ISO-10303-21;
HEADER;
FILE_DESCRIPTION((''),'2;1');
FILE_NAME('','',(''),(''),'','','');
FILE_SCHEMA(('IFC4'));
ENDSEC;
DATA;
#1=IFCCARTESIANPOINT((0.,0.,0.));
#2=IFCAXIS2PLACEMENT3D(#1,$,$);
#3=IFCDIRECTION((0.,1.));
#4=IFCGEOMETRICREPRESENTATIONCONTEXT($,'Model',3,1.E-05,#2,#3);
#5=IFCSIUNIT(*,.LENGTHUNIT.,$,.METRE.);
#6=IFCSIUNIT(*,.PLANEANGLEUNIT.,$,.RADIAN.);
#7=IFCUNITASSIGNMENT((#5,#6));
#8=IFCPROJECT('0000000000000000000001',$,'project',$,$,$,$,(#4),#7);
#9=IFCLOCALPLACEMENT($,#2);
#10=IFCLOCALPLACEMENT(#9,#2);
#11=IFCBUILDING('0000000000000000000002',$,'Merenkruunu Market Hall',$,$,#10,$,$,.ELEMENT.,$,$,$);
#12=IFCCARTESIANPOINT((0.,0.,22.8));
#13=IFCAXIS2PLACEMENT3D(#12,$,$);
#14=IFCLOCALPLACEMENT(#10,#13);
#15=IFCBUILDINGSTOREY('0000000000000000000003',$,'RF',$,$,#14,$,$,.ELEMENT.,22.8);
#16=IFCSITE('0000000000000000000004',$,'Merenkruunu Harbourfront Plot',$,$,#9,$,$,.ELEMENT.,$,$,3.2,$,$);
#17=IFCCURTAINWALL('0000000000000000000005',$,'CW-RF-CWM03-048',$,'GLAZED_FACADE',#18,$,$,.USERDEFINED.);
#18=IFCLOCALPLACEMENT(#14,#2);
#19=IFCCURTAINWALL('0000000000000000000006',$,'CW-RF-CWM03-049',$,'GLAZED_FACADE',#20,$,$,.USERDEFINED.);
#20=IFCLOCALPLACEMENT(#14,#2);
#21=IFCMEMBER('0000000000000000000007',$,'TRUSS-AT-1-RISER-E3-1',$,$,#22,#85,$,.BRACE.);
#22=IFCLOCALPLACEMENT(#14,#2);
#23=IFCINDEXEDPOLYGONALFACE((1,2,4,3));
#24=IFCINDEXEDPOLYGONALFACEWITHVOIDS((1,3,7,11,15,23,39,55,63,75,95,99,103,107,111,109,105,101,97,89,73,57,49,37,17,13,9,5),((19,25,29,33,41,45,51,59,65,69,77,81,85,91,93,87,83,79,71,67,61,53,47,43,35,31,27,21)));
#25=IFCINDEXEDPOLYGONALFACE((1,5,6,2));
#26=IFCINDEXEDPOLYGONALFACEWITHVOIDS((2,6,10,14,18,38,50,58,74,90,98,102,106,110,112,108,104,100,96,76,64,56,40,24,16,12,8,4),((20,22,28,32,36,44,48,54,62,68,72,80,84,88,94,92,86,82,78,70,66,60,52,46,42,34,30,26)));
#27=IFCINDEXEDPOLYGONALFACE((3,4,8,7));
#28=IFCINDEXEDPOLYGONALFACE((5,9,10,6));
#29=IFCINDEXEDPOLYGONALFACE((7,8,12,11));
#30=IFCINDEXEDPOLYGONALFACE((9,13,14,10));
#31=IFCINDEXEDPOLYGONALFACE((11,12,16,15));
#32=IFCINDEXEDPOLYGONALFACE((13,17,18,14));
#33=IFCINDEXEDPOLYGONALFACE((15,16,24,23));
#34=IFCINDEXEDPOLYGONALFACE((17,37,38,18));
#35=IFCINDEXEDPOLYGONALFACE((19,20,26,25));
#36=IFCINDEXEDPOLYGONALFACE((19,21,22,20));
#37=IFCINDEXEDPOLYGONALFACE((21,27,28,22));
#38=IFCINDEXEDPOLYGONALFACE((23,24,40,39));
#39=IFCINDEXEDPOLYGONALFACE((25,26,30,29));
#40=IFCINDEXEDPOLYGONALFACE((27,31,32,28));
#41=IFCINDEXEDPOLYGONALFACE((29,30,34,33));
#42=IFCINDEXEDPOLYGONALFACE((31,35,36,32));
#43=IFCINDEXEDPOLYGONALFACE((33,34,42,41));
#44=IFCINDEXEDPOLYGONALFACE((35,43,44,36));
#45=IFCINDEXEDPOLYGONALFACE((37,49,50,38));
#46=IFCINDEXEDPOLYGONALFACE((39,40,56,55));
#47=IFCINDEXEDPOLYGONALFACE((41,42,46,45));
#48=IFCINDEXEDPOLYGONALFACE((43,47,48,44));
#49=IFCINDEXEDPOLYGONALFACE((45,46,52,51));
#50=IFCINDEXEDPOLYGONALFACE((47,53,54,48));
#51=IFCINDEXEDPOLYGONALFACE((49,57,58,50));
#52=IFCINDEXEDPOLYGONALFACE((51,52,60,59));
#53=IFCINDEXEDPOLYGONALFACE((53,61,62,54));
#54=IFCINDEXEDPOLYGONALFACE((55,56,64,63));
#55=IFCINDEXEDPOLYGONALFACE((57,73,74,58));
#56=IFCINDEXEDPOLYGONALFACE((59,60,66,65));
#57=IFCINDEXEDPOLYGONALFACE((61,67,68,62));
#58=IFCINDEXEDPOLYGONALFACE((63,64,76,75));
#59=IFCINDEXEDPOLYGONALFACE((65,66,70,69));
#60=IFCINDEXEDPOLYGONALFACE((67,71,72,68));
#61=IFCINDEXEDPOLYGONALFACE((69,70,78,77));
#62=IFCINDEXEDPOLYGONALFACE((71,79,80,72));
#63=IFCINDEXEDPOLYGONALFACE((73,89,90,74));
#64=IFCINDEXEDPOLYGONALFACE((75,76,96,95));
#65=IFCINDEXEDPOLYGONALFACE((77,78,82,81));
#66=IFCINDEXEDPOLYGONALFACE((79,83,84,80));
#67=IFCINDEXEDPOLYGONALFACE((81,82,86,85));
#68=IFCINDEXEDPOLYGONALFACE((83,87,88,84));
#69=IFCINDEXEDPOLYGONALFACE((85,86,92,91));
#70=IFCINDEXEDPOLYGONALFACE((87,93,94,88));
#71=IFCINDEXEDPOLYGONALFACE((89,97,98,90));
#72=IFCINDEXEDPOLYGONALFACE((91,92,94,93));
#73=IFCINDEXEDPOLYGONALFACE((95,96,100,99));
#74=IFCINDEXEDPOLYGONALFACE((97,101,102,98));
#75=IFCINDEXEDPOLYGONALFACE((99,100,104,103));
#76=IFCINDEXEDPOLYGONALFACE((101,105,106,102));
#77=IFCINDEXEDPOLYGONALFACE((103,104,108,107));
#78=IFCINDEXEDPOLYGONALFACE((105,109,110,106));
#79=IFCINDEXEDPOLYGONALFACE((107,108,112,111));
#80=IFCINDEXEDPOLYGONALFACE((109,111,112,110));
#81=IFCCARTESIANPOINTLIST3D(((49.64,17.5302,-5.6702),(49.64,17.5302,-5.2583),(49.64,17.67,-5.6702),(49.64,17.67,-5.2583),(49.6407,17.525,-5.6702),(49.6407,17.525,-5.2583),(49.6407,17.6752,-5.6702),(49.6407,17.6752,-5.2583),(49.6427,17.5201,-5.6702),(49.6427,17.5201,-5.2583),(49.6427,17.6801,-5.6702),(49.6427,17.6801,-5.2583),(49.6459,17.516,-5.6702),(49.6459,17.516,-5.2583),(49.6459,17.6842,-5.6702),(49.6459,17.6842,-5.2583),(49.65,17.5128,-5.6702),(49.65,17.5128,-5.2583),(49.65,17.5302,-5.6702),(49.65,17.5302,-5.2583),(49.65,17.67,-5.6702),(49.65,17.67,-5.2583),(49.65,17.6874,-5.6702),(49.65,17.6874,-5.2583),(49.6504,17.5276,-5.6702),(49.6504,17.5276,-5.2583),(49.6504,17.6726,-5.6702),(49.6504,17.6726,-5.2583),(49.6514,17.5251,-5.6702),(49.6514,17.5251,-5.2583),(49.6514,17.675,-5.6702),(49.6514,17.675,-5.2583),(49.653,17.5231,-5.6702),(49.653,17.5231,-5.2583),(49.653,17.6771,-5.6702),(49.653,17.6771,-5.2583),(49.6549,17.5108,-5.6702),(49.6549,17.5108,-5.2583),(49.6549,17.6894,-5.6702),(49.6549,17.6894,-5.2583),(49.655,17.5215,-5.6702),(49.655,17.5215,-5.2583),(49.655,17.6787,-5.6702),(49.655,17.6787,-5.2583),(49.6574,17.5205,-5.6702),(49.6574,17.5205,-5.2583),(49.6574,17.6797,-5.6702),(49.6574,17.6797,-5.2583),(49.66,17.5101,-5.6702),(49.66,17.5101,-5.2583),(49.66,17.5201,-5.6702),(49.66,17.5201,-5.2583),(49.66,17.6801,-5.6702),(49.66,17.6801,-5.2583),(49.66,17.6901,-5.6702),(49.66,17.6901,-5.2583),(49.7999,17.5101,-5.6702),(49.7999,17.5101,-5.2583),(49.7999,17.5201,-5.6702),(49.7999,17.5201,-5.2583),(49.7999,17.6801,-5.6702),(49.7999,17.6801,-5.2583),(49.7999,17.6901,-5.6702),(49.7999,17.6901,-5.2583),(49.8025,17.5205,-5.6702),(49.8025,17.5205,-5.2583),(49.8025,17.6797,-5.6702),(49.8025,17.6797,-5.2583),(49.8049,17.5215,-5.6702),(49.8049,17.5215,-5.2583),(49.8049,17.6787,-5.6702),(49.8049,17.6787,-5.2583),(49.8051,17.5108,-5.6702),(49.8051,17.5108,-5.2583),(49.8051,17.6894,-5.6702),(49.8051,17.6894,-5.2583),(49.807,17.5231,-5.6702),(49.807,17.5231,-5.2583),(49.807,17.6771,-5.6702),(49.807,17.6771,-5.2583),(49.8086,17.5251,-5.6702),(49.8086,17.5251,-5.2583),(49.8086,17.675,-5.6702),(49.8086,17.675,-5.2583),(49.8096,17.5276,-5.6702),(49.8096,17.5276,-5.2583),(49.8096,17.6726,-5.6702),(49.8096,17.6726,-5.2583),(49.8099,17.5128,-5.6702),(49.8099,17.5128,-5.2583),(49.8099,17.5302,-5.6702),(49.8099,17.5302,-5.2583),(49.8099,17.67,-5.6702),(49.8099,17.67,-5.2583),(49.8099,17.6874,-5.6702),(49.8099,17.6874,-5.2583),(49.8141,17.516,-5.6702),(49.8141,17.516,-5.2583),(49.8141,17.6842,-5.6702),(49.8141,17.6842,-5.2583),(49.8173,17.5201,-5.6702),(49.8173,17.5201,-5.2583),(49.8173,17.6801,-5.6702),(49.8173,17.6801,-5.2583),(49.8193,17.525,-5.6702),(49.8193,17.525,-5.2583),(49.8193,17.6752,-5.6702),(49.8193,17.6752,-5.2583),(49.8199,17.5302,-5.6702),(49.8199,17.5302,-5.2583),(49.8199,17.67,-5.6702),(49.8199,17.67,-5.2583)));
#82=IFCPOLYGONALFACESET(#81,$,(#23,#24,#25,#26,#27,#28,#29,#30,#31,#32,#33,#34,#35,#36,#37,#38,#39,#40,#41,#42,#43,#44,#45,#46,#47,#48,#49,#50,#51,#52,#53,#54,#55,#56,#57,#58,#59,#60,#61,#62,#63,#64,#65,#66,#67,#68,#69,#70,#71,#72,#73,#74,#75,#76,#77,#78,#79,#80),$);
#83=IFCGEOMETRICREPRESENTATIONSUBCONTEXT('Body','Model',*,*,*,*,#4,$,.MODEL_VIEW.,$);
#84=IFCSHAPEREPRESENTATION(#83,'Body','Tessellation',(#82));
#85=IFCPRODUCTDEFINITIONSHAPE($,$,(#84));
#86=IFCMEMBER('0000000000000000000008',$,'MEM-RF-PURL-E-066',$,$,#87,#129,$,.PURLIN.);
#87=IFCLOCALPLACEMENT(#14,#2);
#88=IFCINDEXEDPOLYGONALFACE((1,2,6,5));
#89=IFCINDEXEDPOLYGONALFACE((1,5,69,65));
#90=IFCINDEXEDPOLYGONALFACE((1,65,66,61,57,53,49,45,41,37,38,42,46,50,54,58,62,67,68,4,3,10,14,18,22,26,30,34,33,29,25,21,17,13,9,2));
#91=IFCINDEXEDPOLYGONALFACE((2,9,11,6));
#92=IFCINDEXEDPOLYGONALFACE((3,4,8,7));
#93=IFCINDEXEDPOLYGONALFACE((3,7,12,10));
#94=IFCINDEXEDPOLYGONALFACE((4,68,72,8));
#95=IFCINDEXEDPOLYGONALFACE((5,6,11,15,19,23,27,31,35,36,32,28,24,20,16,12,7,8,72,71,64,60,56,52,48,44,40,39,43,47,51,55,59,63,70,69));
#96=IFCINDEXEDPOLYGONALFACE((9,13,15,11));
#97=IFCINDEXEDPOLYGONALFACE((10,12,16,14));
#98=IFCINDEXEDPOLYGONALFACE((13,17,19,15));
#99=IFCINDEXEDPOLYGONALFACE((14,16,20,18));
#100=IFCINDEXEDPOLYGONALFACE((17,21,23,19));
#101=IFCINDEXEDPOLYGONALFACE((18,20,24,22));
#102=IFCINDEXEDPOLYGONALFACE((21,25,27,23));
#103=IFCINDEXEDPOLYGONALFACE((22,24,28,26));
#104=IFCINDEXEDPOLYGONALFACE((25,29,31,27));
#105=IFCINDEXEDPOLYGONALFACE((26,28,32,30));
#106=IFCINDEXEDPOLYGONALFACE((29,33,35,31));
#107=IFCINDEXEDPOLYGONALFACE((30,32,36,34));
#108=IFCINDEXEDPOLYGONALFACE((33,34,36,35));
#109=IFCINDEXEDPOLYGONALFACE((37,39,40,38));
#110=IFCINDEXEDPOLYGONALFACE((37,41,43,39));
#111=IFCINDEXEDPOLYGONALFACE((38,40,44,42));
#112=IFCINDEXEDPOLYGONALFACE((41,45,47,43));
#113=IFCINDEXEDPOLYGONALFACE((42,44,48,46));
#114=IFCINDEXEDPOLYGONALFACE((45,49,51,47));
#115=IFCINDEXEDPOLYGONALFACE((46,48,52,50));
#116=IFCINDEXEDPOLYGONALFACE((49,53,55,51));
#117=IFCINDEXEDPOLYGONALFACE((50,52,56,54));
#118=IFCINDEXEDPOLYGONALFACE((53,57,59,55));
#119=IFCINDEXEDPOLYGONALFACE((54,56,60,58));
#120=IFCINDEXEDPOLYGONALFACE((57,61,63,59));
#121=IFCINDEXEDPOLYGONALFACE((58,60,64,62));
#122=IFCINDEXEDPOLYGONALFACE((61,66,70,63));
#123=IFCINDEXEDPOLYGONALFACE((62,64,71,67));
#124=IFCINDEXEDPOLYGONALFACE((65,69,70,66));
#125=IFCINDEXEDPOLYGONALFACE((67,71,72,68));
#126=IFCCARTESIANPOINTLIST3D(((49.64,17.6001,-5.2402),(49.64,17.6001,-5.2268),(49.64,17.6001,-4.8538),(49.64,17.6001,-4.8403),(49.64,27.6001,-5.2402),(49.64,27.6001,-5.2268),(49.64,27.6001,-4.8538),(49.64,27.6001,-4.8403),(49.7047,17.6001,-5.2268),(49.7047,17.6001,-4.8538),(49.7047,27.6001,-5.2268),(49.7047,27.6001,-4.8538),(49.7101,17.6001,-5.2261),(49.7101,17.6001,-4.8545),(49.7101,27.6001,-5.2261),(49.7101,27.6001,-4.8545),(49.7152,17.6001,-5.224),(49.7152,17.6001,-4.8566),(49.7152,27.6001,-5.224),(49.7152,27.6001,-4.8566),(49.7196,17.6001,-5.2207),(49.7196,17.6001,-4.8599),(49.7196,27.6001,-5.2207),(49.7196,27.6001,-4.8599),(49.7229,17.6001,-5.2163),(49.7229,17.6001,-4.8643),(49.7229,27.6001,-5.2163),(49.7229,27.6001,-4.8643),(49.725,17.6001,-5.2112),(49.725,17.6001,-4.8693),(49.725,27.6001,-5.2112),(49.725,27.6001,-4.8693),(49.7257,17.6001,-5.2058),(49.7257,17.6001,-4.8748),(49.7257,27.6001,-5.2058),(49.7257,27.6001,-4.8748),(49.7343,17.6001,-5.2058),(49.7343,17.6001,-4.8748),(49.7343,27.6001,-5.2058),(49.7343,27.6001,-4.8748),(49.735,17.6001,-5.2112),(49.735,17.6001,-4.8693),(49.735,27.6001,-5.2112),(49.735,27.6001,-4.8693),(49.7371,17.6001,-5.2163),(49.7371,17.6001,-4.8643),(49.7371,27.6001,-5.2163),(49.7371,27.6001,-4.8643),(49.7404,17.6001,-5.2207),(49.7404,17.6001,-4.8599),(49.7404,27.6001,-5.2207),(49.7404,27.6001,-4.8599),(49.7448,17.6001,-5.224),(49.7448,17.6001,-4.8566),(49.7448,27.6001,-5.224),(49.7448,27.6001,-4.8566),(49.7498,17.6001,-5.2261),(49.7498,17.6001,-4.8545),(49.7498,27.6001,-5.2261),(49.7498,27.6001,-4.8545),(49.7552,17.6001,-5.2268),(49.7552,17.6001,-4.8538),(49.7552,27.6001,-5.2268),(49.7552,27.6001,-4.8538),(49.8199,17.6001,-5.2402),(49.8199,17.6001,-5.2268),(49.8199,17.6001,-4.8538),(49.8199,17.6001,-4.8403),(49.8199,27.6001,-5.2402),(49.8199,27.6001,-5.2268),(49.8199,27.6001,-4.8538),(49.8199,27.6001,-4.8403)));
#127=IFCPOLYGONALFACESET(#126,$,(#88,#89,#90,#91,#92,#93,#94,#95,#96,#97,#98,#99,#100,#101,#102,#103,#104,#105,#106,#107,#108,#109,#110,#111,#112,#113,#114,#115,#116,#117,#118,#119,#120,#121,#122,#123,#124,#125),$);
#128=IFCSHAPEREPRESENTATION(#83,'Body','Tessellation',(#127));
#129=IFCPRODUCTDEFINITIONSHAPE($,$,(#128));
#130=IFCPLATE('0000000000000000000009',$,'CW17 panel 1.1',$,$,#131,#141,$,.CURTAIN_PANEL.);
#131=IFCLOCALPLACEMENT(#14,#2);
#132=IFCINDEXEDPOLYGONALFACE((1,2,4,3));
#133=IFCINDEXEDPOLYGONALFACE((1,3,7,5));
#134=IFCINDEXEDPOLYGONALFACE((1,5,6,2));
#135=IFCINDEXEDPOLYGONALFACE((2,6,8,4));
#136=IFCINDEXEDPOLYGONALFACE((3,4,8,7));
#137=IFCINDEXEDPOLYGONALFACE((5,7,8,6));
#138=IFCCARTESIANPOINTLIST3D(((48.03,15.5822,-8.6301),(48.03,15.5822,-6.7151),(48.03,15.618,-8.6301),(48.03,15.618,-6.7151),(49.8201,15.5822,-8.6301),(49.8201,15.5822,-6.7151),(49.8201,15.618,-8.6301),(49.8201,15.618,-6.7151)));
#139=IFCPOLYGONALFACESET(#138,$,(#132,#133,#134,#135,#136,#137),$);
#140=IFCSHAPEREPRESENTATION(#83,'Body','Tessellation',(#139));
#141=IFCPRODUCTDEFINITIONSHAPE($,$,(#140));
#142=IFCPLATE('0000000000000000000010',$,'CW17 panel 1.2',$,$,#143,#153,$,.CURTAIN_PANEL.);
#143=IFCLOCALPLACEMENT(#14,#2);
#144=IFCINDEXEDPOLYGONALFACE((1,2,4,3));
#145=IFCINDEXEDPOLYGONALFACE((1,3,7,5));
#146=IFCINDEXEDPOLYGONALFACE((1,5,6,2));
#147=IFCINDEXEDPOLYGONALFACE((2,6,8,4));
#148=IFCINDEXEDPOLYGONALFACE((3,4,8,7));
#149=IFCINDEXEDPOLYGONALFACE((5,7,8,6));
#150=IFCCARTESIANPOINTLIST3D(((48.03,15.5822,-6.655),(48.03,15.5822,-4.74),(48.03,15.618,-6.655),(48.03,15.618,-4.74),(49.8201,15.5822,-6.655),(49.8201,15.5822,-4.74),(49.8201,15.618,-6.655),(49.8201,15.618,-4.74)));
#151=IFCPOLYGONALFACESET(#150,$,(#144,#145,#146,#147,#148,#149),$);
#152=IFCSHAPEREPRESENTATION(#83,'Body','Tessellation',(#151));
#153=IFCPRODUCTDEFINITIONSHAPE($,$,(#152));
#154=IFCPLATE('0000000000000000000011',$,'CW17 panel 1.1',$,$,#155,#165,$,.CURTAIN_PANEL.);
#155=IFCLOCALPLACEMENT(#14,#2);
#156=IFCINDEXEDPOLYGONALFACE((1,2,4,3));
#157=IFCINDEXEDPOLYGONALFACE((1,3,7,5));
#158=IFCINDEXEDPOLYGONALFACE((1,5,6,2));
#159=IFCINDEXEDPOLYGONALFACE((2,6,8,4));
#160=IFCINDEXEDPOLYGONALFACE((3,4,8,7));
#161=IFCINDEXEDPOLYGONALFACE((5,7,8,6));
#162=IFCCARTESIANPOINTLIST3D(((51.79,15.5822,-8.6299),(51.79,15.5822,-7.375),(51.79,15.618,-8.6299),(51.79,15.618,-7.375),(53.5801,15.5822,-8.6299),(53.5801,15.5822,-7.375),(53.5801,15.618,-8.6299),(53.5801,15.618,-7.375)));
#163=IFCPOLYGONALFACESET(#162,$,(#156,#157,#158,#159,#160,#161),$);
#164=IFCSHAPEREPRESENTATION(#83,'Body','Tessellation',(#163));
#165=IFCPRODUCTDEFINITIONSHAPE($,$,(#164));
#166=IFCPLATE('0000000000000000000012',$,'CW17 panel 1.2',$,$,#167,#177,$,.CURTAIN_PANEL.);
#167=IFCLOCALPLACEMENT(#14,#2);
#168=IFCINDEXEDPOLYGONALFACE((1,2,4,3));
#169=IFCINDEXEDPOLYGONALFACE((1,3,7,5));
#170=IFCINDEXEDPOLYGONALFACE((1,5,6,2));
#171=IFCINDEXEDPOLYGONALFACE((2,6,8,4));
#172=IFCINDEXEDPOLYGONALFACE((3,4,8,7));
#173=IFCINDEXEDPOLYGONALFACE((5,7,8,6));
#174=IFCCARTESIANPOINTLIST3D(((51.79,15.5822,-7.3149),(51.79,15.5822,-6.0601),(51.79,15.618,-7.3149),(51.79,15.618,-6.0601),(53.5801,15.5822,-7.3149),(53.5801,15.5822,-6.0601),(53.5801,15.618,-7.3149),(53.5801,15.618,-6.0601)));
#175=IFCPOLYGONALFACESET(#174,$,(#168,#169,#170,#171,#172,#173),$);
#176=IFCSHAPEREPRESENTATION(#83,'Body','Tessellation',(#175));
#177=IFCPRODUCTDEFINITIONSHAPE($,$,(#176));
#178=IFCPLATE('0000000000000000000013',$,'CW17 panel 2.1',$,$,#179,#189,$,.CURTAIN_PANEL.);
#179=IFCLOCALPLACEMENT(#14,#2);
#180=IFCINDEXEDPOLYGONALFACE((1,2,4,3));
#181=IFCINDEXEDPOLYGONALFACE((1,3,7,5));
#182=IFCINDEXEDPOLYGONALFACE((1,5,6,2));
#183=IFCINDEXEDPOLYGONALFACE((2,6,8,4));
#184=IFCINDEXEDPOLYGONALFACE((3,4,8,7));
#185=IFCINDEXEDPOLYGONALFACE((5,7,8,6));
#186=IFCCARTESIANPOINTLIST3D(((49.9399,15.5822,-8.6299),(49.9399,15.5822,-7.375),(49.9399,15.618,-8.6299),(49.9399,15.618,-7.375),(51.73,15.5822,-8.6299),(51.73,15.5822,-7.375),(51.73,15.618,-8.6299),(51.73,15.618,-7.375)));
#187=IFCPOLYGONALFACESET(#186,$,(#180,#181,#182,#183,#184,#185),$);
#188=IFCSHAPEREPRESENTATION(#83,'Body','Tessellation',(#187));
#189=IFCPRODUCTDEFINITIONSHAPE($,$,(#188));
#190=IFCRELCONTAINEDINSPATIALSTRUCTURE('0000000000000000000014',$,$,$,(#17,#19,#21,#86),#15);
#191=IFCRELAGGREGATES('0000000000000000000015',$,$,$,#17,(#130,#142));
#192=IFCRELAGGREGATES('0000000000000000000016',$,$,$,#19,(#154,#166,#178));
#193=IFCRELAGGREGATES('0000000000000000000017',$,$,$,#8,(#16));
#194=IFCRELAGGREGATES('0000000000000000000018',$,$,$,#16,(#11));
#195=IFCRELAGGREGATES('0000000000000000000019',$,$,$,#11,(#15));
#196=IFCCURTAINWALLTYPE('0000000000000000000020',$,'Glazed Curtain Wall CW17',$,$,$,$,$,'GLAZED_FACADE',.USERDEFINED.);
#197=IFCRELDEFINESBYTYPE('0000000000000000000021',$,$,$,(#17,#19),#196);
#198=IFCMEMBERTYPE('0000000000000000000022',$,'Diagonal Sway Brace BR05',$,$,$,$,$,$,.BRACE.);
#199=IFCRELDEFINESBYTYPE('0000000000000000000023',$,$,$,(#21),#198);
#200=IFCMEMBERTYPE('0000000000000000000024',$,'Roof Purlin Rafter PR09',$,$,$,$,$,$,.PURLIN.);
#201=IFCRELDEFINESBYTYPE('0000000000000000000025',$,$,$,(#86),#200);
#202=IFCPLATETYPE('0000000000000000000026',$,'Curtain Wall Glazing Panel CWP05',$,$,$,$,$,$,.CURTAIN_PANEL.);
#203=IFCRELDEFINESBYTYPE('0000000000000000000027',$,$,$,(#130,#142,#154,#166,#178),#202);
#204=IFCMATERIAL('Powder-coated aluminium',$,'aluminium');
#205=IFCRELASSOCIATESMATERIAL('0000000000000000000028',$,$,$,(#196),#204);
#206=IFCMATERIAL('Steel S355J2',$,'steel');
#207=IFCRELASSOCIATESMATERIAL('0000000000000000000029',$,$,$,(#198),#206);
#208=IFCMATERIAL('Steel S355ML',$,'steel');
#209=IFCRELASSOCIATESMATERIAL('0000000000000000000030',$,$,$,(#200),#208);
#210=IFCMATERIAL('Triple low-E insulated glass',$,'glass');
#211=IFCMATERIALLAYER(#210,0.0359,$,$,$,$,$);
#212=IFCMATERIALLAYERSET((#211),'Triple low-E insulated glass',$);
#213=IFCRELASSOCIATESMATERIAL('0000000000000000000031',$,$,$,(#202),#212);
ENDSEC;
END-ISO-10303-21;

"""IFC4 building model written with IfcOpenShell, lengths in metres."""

from ifc_helpers import new_model, si_unit, direction, frame, origin, origin_2d, place, context, subcontext, project, spatial, rectangle, hollow_rectangle, i_section, extrude, material, layer, layer_set, material_profile, profile_set, type_object, element, aggregate, save


model = new_model("IFC4")

# Units and contexts
model_context = context("Model", 3, precision=1e-05, world=origin(), true_north=direction((0.0, 1.0)))
body_context = subcontext(model_context, "Body", "Model", "MODEL_VIEW")
ifc_project = project(units=[si_unit("LENGTHUNIT", "METRE"), si_unit("PLANEANGLEUNIT", "RADIAN")], contexts=[model_context])

# Site, building, storey
site_placement = place(None, origin())
site = spatial("IfcSite", under=ifc_project, at=site_placement, Name="Merenkruunu Harbourfront Plot", CompositionType="ELEMENT", RefElevation=3.2)
building_placement = place(site_placement, origin())
building = spatial("IfcBuilding", under=site, at=building_placement, Name="Merenkruunu Market Hall", CompositionType="ELEMENT")
storey_placement = place(building_placement, frame((0.0, 0.0, 22.8)))
storey = spatial("IfcBuildingStorey", under=building, at=storey_placement, Name="RF", CompositionType="ELEMENT", Elevation=22.8)

# Curtain wall
ifc_material_1 = material(Name="Powder-coated aluminium", Category="aluminium")
curtain_wall_type_1 = type_object("IfcCurtainWallType", Name="Glazed Curtain Wall CW17", ElementType="GLAZED_FACADE", PredefinedType="USERDEFINED", material=ifc_material_1)
curtain_wall_1_placement = place(storey_placement, origin())
curtain_wall_1 = element("IfcCurtainWall", 1, at=curtain_wall_1_placement, inside=storey, type_object=curtain_wall_type_1, Name="CW-RF-CWM03-048", ObjectType="GLAZED_FACADE", PredefinedType="USERDEFINED")

# Curtain wall
curtain_wall_2_placement = place(storey_placement, origin())
curtain_wall_2 = element("IfcCurtainWall", 2, at=curtain_wall_2_placement, inside=storey, type_object=curtain_wall_type_1, Name="CW-RF-CWM03-049", ObjectType="GLAZED_FACADE", PredefinedType="USERDEFINED")

# Members
ifc_material_2 = material(Name="Steel S355J2", Category="steel")
ifc_material_profile_1 = material_profile(ifc_material_2, hollow_rectangle(XDim=0.1799, YDim=0.1799, WallThickness=0.01, InnerFilletRadius=0.01, OuterFilletRadius=0.02, at=origin_2d()), Name="SHS 180x180x10")
ifc_profile_set_1 = profile_set([ifc_material_profile_1], Name="Steel S355J2")
member_type_1 = type_object("IfcMemberType", Name="Diagonal Sway Brace BR05", PredefinedType="BRACE", material=ifc_profile_set_1)
member_1_placement = place(storey_placement, frame((49.73, 17.6001, -5.6702), z_axis=(0.0, 0.0, 1.0), x_axis=(1.0, 0.0, 0.0)))
element("IfcMember", 3, at=member_1_placement, inside=storey, type_object=member_type_1, Name="TRUSS-AT-1-RISER-E3-1", PredefinedType="BRACE", context=body_context, shape_type="SweptSolid", body=[
    extrude(hollow_rectangle(XDim=0.1799, YDim=0.1799, WallThickness=0.01, InnerFilletRadius=0.01, OuterFilletRadius=0.02, at=origin_2d()), origin(), (0.0, 0.0, 1.0), 0.4119),
])
ifc_material_3 = material(Name="Steel S355ML", Category="steel")
ifc_material_profile_2 = material_profile(ifc_material_3, i_section(OverallWidth=0.1799, OverallDepth=0.3999, WebThickness=0.0085, FlangeThickness=0.0134, FilletRadius=0.021, at=origin_2d()), Name="IPE 400")
ifc_profile_set_2 = profile_set([ifc_material_profile_2], Name="Steel S355ML")
member_type_2 = type_object("IfcMemberType", Name="Roof Purlin Rafter PR09", PredefinedType="PURLIN", material=ifc_profile_set_2)
member_2_placement = place(storey_placement, frame((49.73, 17.6001, -5.0403), z_axis=(0.0, 1.0, 0.0), x_axis=(-1.0, 0.0, 0.0)))
element("IfcMember", 4, at=member_2_placement, inside=storey, type_object=member_type_2, Name="MEM-RF-PURL-E-066", PredefinedType="PURLIN", context=body_context, shape_type="SweptSolid", body=[
    extrude(i_section(OverallWidth=0.1799, OverallDepth=0.3999, WebThickness=0.0085, FlangeThickness=0.0134, FilletRadius=0.021, at=origin_2d()), origin(), (0.0, 0.0, 1.0), 10.0),
])

# Plates
ifc_material_4 = material(Name="Triple low-E insulated glass", Category="glass")
ifc_layer_1 = layer(ifc_material_4, 0.0359)
ifc_layer_set_1 = layer_set([ifc_layer_1], Name="Triple low-E insulated glass")
plate_type_1 = type_object("IfcPlateType", Name="Curtain Wall Glazing Panel CWP05", PredefinedType="CURTAIN_PANEL", material=ifc_layer_set_1)
plate_1_placement = place(storey_placement, frame((48.925, 15.6001, -8.6301), z_axis=(0.0, 0.0, 1.0), x_axis=(-1.0, 0.0, 0.0)))
plate_1 = element("IfcPlate", 5, at=plate_1_placement, type_object=plate_type_1, Name="CW17 panel 1.1", PredefinedType="CURTAIN_PANEL", context=body_context, shape_type="SweptSolid", body=[
    extrude(rectangle(XDim=1.79, YDim=0.0359, at=origin_2d()), origin(), (0.0, 0.0, 1.0), 1.915),
])
plate_2_placement = place(storey_placement, frame((48.925, 15.6001, -6.655), z_axis=(0.0, 0.0, 1.0), x_axis=(-1.0, 0.0, 0.0)))
plate_2 = element("IfcPlate", 6, at=plate_2_placement, type_object=plate_type_1, Name="CW17 panel 1.2", PredefinedType="CURTAIN_PANEL", context=body_context, shape_type="SweptSolid", body=[
    extrude(rectangle(XDim=1.79, YDim=0.0359, at=origin_2d()), origin(), (0.0, 0.0, 1.0), 1.915),
])
aggregate(curtain_wall_1, [plate_1, plate_2])
plate_3_placement = place(storey_placement, frame((52.6851, 15.6001, -8.6299), z_axis=(0.0, 0.0, 1.0), x_axis=(-1.0, 0.0, 0.0)))
plate_3 = element("IfcPlate", 7, at=plate_3_placement, type_object=plate_type_1, Name="CW17 panel 1.1", PredefinedType="CURTAIN_PANEL", context=body_context, shape_type="SweptSolid", body=[
    extrude(rectangle(XDim=1.79, YDim=0.0359, at=origin_2d()), origin(), (0.0, 0.0, 1.0), 1.2549),
])
plate_4_placement = place(storey_placement, frame((52.6851, 15.6001, -7.3149), z_axis=(0.0, 0.0, 1.0), x_axis=(-1.0, 0.0, 0.0)))
plate_4 = element("IfcPlate", 8, at=plate_4_placement, type_object=plate_type_1, Name="CW17 panel 1.2", PredefinedType="CURTAIN_PANEL", context=body_context, shape_type="SweptSolid", body=[
    extrude(rectangle(XDim=1.79, YDim=0.0359, at=origin_2d()), origin(), (0.0, 0.0, 1.0), 1.2549),
])
plate_5_placement = place(storey_placement, frame((50.835, 15.6001, -8.6299), z_axis=(0.0, 0.0, 1.0), x_axis=(-1.0, 0.0, 0.0)))
plate_5 = element("IfcPlate", 9, at=plate_5_placement, type_object=plate_type_1, Name="CW17 panel 2.1", PredefinedType="CURTAIN_PANEL", context=body_context, shape_type="SweptSolid", body=[
    extrude(rectangle(XDim=1.79, YDim=0.0359, at=origin_2d()), origin(), (0.0, 0.0, 1.0), 1.2549),
])
aggregate(curtain_wall_2, [plate_3, plate_4, plate_5])

save(model, "model.ifc")
